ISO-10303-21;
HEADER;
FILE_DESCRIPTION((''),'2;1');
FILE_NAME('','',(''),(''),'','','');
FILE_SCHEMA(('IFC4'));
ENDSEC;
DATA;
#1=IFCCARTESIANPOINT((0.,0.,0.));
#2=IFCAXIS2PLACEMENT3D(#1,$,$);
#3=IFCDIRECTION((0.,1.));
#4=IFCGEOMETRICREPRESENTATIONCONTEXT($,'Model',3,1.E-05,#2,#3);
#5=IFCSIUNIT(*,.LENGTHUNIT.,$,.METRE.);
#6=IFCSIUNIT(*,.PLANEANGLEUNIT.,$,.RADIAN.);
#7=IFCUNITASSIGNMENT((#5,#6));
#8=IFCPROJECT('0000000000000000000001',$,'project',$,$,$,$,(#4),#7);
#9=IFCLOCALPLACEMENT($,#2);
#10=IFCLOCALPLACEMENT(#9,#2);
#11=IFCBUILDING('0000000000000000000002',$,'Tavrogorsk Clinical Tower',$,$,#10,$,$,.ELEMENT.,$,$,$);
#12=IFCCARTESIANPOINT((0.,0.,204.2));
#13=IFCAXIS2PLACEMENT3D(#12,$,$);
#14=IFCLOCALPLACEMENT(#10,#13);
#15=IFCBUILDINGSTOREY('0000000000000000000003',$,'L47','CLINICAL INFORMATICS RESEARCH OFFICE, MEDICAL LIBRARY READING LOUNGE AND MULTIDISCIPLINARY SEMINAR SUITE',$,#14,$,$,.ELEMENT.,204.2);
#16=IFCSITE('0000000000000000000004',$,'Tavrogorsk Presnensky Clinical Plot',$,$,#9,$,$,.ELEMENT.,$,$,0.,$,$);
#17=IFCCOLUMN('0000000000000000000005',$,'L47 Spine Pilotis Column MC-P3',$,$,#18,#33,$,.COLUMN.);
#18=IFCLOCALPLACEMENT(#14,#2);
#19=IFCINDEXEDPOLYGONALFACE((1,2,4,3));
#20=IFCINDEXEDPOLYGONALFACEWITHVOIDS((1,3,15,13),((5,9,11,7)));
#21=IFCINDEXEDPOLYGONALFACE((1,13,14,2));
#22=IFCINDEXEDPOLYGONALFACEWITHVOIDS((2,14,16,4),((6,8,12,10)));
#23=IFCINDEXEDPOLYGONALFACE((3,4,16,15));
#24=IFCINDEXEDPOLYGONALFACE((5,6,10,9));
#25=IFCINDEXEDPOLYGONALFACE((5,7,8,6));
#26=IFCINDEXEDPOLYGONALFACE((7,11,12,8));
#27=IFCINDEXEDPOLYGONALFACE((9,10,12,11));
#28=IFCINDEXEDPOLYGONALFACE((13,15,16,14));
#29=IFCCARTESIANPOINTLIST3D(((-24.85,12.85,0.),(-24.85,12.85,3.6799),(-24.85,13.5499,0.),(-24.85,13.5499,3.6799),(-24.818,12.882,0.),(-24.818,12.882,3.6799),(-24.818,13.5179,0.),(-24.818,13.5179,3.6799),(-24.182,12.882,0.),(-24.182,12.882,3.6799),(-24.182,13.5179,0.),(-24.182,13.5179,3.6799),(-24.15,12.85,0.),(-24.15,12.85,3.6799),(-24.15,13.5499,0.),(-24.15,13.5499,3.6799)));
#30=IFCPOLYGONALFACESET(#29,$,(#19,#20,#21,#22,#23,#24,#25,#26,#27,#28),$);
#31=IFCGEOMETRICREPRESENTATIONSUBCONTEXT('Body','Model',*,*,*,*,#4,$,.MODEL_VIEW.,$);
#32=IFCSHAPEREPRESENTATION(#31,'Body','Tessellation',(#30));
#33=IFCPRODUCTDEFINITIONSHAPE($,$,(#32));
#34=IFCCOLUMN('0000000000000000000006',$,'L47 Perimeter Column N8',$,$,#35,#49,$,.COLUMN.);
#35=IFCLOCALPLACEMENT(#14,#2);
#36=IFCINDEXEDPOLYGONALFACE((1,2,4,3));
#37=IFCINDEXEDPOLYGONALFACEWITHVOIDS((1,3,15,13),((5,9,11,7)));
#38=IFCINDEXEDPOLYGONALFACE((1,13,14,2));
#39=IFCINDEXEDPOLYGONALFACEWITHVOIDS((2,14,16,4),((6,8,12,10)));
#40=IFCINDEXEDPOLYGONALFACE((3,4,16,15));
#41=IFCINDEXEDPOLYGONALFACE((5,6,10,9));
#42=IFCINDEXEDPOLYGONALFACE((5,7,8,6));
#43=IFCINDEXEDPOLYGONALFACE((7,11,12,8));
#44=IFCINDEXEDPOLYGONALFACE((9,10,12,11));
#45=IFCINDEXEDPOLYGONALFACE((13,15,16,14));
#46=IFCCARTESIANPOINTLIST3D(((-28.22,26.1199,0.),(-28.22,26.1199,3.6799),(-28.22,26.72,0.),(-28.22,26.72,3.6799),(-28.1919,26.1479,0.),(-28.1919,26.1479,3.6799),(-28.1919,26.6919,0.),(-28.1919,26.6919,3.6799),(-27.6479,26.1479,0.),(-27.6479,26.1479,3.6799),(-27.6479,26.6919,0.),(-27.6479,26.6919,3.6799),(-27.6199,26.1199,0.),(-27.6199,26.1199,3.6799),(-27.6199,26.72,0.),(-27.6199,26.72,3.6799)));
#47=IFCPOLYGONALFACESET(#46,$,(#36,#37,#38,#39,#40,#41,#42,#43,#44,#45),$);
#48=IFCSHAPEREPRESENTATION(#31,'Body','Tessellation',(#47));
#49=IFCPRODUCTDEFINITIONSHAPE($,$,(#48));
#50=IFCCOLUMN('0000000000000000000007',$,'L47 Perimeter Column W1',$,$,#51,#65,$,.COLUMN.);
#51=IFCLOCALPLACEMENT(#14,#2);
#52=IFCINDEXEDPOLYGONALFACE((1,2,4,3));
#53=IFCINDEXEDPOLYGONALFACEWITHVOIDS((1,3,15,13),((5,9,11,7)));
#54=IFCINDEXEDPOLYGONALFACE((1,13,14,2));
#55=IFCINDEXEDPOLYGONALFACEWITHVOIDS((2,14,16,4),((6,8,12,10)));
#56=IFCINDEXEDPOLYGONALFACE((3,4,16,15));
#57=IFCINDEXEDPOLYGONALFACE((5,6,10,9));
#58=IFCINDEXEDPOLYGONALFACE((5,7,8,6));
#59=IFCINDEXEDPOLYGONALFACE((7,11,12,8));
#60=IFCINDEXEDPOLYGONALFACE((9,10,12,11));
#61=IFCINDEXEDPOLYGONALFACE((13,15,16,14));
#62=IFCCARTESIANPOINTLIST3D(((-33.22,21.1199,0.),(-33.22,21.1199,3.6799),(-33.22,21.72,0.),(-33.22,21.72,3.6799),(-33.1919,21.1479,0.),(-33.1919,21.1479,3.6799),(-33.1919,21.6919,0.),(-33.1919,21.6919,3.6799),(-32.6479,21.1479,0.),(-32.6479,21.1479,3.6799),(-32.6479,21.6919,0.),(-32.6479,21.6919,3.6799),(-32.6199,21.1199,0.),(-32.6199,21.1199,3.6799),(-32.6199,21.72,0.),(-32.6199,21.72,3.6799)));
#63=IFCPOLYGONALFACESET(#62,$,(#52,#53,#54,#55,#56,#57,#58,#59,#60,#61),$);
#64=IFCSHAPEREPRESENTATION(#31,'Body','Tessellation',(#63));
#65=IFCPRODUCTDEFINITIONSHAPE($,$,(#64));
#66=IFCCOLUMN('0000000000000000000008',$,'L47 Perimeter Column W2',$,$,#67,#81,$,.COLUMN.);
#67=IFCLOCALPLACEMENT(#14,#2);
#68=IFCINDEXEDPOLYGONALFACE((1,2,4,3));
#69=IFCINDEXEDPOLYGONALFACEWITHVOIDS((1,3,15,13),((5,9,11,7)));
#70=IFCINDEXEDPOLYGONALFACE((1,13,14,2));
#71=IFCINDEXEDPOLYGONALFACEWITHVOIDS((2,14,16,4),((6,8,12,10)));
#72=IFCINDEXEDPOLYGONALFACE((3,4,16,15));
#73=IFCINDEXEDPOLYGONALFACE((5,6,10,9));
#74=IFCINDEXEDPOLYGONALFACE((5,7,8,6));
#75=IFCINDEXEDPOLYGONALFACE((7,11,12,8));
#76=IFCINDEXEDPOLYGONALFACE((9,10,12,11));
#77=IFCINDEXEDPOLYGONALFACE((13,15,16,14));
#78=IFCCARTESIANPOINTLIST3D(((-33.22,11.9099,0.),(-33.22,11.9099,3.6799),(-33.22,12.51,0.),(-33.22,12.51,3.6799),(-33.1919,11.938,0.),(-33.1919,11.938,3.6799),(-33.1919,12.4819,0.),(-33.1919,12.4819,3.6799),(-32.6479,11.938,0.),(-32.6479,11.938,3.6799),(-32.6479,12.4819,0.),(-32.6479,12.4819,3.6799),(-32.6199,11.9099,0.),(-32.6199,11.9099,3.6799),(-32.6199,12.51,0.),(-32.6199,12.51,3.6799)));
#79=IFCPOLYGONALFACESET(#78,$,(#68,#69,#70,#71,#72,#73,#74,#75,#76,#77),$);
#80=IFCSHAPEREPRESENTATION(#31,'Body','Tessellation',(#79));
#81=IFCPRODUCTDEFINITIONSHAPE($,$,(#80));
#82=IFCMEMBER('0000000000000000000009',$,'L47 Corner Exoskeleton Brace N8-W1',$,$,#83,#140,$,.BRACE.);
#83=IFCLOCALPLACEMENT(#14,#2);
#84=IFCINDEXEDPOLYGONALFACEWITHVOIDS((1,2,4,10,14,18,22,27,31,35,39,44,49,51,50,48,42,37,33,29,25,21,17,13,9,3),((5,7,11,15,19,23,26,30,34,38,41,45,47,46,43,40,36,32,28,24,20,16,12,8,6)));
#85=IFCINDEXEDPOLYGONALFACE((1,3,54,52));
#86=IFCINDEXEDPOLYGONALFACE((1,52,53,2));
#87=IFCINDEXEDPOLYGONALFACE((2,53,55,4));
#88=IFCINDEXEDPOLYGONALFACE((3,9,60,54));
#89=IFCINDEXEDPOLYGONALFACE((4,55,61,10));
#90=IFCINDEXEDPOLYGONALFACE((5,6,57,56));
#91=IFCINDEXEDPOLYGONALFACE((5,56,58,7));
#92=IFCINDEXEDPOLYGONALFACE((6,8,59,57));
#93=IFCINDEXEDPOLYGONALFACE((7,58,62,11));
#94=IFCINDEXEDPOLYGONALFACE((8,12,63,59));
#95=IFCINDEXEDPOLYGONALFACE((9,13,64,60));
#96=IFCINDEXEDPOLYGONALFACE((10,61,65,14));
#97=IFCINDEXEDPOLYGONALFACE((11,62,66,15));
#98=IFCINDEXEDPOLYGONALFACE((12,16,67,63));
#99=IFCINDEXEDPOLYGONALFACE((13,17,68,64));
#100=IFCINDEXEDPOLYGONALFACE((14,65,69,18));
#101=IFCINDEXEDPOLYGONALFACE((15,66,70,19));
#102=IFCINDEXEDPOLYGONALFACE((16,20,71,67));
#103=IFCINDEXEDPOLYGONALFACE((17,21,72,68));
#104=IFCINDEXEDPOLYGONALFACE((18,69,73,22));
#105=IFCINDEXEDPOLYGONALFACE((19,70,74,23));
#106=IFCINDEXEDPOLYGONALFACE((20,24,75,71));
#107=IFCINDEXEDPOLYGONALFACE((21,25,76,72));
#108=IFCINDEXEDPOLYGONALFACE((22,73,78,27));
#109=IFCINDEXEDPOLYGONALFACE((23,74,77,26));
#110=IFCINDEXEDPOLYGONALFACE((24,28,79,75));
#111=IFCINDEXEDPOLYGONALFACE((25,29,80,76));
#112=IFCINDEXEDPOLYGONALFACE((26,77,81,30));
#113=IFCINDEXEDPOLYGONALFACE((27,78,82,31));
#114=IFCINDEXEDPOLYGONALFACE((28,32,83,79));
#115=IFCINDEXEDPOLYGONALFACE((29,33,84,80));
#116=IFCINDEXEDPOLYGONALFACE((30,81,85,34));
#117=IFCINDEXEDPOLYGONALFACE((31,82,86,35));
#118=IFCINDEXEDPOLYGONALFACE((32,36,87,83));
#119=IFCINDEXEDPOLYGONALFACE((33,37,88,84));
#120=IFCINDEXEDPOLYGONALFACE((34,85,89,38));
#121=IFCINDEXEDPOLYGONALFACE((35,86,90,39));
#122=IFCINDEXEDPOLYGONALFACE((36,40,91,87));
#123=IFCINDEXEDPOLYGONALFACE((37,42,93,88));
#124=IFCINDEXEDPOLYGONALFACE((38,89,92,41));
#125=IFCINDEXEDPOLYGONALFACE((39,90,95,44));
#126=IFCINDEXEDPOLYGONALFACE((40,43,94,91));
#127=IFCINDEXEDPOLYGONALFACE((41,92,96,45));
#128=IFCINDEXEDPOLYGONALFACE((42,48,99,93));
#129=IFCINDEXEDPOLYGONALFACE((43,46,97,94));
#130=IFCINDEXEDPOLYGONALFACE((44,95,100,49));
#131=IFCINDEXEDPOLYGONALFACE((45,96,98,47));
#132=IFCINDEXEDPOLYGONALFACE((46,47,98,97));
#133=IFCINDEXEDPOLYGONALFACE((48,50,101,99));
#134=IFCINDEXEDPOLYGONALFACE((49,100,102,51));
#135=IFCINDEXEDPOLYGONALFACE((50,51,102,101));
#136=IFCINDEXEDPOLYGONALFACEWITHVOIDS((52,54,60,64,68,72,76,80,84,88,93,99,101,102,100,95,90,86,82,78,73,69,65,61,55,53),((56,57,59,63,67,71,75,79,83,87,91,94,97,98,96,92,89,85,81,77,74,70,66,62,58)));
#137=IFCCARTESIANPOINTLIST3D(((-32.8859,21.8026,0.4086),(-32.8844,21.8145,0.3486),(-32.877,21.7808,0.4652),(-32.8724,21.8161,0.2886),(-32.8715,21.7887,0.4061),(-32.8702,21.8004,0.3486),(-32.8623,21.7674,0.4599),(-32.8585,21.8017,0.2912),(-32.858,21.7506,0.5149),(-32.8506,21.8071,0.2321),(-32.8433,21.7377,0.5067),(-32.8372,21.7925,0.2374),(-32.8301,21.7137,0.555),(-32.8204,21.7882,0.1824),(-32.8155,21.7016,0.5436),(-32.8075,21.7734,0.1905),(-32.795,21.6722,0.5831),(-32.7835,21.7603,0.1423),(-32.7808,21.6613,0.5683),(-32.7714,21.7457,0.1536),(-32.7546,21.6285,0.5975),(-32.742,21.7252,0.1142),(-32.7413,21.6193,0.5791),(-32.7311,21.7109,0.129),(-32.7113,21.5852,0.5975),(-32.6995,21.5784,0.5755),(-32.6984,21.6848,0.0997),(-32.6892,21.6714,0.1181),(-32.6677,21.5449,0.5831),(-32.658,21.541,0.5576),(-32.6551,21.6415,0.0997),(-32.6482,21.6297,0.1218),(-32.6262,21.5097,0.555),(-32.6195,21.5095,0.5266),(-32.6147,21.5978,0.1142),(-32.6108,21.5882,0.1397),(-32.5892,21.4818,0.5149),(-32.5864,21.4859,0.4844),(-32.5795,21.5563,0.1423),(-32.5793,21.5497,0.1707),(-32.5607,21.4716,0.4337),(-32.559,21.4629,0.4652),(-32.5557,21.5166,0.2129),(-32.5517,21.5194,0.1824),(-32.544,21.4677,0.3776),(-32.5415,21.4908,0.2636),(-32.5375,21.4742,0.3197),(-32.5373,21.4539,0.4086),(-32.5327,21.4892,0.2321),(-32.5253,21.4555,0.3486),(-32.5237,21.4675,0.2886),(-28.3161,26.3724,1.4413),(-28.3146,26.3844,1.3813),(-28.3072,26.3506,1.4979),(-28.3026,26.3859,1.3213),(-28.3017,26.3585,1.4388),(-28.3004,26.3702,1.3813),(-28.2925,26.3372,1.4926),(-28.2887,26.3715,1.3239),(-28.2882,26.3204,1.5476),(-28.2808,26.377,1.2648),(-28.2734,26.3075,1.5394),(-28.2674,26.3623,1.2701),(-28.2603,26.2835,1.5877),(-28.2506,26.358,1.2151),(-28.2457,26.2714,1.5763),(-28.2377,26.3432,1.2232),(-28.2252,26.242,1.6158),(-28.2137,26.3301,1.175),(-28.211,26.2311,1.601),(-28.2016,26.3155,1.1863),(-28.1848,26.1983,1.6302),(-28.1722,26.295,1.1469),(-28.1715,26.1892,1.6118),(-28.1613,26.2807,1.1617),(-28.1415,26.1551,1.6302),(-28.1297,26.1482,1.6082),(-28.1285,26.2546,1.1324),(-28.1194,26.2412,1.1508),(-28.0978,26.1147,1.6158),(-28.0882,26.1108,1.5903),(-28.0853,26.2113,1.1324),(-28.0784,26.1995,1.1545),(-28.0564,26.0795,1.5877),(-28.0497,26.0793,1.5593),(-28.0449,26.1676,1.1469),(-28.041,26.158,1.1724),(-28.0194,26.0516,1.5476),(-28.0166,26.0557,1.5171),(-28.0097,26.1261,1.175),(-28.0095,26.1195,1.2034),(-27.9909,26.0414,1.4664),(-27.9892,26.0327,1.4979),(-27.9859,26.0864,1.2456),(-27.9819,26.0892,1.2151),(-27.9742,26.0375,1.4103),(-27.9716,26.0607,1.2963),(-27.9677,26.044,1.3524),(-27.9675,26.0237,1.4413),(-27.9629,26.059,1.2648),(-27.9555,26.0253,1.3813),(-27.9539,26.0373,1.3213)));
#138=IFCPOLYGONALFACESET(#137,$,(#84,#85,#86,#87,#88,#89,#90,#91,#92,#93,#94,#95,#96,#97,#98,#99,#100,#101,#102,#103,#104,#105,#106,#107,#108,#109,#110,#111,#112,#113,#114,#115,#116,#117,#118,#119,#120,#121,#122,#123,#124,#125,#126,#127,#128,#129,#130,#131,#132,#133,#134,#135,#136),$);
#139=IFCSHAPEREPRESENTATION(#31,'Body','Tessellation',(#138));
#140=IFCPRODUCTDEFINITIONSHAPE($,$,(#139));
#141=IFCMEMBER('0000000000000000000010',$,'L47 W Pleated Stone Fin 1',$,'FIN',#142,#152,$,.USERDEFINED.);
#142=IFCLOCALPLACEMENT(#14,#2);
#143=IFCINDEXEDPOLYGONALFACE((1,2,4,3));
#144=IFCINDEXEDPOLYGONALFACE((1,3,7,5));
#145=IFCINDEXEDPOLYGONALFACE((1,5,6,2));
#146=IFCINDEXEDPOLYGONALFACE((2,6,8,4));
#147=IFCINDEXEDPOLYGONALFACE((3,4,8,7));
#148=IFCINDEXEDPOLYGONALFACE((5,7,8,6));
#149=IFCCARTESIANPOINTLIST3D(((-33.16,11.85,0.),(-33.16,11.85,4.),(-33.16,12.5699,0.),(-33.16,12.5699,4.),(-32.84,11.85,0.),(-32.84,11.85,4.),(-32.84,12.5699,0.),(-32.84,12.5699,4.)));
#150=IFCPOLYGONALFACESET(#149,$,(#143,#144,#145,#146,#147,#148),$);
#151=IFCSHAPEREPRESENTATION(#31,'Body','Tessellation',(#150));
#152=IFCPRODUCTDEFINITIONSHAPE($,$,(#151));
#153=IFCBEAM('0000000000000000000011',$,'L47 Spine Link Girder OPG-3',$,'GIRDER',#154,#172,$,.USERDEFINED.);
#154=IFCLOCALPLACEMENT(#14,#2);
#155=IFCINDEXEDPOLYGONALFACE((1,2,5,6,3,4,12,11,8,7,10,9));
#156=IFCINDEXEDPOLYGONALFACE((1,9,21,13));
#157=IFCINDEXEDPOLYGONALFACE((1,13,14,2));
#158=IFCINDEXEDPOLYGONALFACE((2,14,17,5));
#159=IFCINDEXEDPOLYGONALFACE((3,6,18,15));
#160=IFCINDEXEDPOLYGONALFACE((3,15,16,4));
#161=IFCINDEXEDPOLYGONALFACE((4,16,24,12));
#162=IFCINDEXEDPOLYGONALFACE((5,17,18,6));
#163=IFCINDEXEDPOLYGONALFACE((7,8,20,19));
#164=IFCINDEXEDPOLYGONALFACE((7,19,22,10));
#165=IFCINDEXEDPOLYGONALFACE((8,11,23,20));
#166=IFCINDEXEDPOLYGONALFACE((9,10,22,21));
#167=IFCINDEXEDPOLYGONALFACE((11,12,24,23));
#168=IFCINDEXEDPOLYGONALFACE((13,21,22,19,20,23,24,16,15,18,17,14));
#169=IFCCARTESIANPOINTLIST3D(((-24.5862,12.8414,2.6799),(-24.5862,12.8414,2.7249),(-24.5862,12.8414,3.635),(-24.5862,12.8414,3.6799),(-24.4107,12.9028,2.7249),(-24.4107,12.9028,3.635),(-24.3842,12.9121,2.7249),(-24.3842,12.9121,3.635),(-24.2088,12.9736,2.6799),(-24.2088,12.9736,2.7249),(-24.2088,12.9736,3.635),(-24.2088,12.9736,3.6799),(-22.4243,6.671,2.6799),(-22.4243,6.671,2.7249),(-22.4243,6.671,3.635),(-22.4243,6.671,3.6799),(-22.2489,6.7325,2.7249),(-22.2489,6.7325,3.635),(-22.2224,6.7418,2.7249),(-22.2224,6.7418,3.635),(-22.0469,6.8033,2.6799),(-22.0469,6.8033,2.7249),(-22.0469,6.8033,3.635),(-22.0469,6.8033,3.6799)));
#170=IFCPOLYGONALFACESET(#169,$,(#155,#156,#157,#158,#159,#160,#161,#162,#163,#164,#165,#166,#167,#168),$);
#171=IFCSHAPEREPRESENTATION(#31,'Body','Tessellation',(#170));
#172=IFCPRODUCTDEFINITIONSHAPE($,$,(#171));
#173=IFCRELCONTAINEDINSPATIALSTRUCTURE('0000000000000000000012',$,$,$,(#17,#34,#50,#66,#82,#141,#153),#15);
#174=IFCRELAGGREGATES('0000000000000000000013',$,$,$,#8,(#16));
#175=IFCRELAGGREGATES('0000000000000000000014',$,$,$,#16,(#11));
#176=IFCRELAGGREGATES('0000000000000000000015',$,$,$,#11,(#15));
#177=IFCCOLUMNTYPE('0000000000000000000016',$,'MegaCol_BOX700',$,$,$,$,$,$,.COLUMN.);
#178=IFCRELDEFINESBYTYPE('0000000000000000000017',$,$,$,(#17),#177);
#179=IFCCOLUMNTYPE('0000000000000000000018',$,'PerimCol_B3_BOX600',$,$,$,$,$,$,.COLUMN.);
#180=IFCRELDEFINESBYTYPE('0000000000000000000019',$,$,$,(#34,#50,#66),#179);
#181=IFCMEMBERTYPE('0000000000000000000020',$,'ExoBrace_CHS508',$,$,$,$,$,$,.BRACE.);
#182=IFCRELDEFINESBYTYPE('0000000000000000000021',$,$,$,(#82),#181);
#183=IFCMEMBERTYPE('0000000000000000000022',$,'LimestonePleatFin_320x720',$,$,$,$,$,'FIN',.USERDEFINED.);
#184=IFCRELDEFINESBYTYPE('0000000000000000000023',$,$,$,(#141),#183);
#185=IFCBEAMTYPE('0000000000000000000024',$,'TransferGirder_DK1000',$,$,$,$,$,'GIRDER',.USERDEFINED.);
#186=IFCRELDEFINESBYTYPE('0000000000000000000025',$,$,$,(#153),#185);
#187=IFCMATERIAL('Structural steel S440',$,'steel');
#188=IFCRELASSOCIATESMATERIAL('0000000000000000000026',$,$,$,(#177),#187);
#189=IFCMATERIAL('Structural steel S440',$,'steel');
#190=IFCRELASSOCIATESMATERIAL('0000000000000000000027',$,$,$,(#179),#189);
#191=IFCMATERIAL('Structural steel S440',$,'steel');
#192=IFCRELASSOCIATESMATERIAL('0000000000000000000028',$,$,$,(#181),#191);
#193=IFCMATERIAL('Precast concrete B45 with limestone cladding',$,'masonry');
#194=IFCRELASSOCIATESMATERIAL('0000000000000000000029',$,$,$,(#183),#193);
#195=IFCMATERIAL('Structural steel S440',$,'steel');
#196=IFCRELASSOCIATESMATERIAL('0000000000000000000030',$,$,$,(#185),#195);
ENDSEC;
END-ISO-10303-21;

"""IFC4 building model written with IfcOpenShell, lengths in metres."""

from ifc_helpers import new_model, si_unit, direction, frame, origin, origin_2d, place, context, subcontext, project, spatial, rectangle, hollow_rectangle, hollow_circle, i_section, extrude, material, material_profile, profile_set, type_object, element, save


model = new_model("IFC4")

# Units and contexts
model_context = context("Model", 3, precision=1e-05, world=origin(), true_north=direction((0.0, 1.0)))
body_context = subcontext(model_context, "Body", "Model", "MODEL_VIEW")
ifc_project = project(units=[si_unit("LENGTHUNIT", "METRE"), si_unit("PLANEANGLEUNIT", "RADIAN")], contexts=[model_context])

# Site, building, storey
site_placement = place(None, origin())
site = spatial("IfcSite", under=ifc_project, at=site_placement, Name="Tavrogorsk Presnensky Clinical Plot", CompositionType="ELEMENT", RefElevation=0.0)
building_placement = place(site_placement, origin())
building = spatial("IfcBuilding", under=site, at=building_placement, Name="Tavrogorsk Clinical Tower", CompositionType="ELEMENT")
storey_placement = place(building_placement, frame((0.0, 0.0, 204.2)))
storey = spatial("IfcBuildingStorey", under=building, at=storey_placement, Name="L47", Description="CLINICAL INFORMATICS RESEARCH OFFICE, MEDICAL LIBRARY READING LOUNGE AND MULTIDISCIPLINARY SEMINAR SUITE", CompositionType="ELEMENT", Elevation=204.2)

# Columns
ifc_material_1 = material(Name="Structural steel S440", Category="steel")
ifc_material_profile_1 = material_profile(ifc_material_1, hollow_rectangle(XDim=0.7, YDim=0.7, WallThickness=0.032, at=origin_2d()), Name="BOX-700x700x32")
ifc_profile_set_1 = profile_set([ifc_material_profile_1], Name="Structural steel S440")
column_type_1 = type_object("IfcColumnType", Name="MegaCol_BOX700", PredefinedType="COLUMN", material=ifc_profile_set_1)
column_placement = place(storey_placement, frame((-24.5, 13.2, 0.0), z_axis=(0.0, 0.0, 1.0), x_axis=(1.0, 0.0, 0.0)))
element("IfcColumn", 1, at=column_placement, inside=storey, type_object=column_type_1, Name="L47 Spine Pilotis Column MC-P3", PredefinedType="COLUMN", context=body_context, shape_type="SweptSolid", body=[
    extrude(hollow_rectangle(XDim=0.7, YDim=0.7, WallThickness=0.032, at=origin_2d()), origin(), (0.0, 0.0, 1.0), 3.6799),
])
ifc_material_2 = material(Name="Structural steel S440", Category="steel")
ifc_material_profile_2 = material_profile(ifc_material_2, hollow_rectangle(XDim=0.6001, YDim=0.6001, WallThickness=0.0281, at=origin_2d()), Name="BOX-600x600x28")
ifc_profile_set_2 = profile_set([ifc_material_profile_2], Name="Structural steel S440")
column_type_2 = type_object("IfcColumnType", Name="PerimCol_B3_BOX600", PredefinedType="COLUMN", material=ifc_profile_set_2)
for number, where, z_axis, x_axis, name in (
    (2, (-27.9199, 26.4199, 0.0), (0.0, 0.0, 1.0), (1.0, 0.0, 0.0), "L47 Perimeter Column N8"),
    (3, (-32.9199, 21.4199, 0.0), (0.0, 0.0, 1.0), (1.0, 0.0, 0.0), "L47 Perimeter Column W1"),
    (4, (-32.9199, 12.21, 0.0), (0.0, 0.0, 1.0), (1.0, 0.0, 0.0), "L47 Perimeter Column W2"),
):
    element("IfcColumn", number, at=place(storey_placement, frame(where, z_axis=z_axis, x_axis=x_axis)), inside=storey, type_object=column_type_2, Name=name, PredefinedType="COLUMN", context=body_context, shape_type="SweptSolid", body=[
        extrude(hollow_rectangle(XDim=0.6001, YDim=0.6001, WallThickness=0.0281, at=origin_2d()), origin(), (0.0, 0.0, 1.0), 3.6799),
    ])

# Members
ifc_material_3 = material(Name="Structural steel S440", Category="steel")
ifc_material_profile_3 = material_profile(ifc_material_3, hollow_circle(Radius=0.2539, WallThickness=0.02, at=origin_2d()), Name="CHS-508x20")
ifc_profile_set_3 = profile_set([ifc_material_profile_3], Name="Structural steel S440")
member_type_1 = type_object("IfcMemberType", Name="ExoBrace_CHS508", PredefinedType="BRACE", material=ifc_profile_set_3)
member_1_placement = place(storey_placement, frame((-32.7048, 21.635, 0.3486), z_axis=(0.698248, 0.698248, 0.157794), x_axis=(-0.707107, 0.707107, 0.0)))
element("IfcMember", 5, at=member_1_placement, inside=storey, type_object=member_type_1, Name="L47 Corner Exoskeleton Brace N8-W1", PredefinedType="BRACE", context=body_context, shape_type="SweptSolid", body=[
    extrude(hollow_circle(Radius=0.2539, WallThickness=0.02, at=origin_2d()), origin(), (0.0, 0.0, 1.0), 6.5447),
])
ifc_material_4 = material(Name="Precast concrete B45 with limestone cladding", Category="masonry")
ifc_material_profile_4 = material_profile(ifc_material_4, rectangle(XDim=0.3201, YDim=0.72, at=origin_2d()), Name="LIMESTONE-FIN-320x720")
ifc_profile_set_4 = profile_set([ifc_material_profile_4], Name="Precast concrete B45 with limestone cladding")
member_type_2 = type_object("IfcMemberType", Name="LimestonePleatFin_320x720", ElementType="FIN", PredefinedType="USERDEFINED", material=ifc_profile_set_4)
member_2_placement = place(storey_placement, frame((-33.0, 12.21, 0.0), z_axis=(0.0, 0.0, 1.0), x_axis=(1.0, 0.0, 0.0)))
element("IfcMember", 6, at=member_2_placement, inside=storey, type_object=member_type_2, Name="L47 W Pleated Stone Fin 1", ObjectType="FIN", PredefinedType="USERDEFINED", context=body_context, shape_type="SweptSolid", body=[
    extrude(rectangle(XDim=0.3201, YDim=0.72, at=origin_2d()), origin(), (0.0, 0.0, 1.0), 4.0),
])

# Beam
ifc_material_5 = material(Name="Structural steel S440", Category="steel")
ifc_material_profile_5 = material_profile(ifc_material_5, i_section(OverallWidth=0.3999, OverallDepth=1.0, WebThickness=0.0281, FlangeThickness=0.0449, at=origin_2d()), Name="DK-1000x400x28x45")
ifc_profile_set_5 = profile_set([ifc_material_profile_5], Name="Structural steel S440")
beam_type_1 = type_object("IfcBeamType", Name="TransferGirder_DK1000", ElementType="GIRDER", PredefinedType="USERDEFINED", material=ifc_profile_set_5)
beam_1_placement = place(storey_placement, frame((-24.3975, 12.9075, 3.1799), z_axis=(0.330653, -0.943752, 0.0), x_axis=(0.943752, 0.330653, 0.0)))
element("IfcBeam", 7, at=beam_1_placement, inside=storey, type_object=beam_type_1, Name="L47 Spine Link Girder OPG-3", ObjectType="GIRDER", PredefinedType="USERDEFINED", context=body_context, shape_type="SweptSolid", body=[
    extrude(i_section(OverallWidth=0.3999, OverallDepth=1.0, WebThickness=0.0281, FlangeThickness=0.0449, at=origin_2d()), origin(), (0.0, 0.0, 1.0), 6.5381),
])

save(model, "model.ifc")
